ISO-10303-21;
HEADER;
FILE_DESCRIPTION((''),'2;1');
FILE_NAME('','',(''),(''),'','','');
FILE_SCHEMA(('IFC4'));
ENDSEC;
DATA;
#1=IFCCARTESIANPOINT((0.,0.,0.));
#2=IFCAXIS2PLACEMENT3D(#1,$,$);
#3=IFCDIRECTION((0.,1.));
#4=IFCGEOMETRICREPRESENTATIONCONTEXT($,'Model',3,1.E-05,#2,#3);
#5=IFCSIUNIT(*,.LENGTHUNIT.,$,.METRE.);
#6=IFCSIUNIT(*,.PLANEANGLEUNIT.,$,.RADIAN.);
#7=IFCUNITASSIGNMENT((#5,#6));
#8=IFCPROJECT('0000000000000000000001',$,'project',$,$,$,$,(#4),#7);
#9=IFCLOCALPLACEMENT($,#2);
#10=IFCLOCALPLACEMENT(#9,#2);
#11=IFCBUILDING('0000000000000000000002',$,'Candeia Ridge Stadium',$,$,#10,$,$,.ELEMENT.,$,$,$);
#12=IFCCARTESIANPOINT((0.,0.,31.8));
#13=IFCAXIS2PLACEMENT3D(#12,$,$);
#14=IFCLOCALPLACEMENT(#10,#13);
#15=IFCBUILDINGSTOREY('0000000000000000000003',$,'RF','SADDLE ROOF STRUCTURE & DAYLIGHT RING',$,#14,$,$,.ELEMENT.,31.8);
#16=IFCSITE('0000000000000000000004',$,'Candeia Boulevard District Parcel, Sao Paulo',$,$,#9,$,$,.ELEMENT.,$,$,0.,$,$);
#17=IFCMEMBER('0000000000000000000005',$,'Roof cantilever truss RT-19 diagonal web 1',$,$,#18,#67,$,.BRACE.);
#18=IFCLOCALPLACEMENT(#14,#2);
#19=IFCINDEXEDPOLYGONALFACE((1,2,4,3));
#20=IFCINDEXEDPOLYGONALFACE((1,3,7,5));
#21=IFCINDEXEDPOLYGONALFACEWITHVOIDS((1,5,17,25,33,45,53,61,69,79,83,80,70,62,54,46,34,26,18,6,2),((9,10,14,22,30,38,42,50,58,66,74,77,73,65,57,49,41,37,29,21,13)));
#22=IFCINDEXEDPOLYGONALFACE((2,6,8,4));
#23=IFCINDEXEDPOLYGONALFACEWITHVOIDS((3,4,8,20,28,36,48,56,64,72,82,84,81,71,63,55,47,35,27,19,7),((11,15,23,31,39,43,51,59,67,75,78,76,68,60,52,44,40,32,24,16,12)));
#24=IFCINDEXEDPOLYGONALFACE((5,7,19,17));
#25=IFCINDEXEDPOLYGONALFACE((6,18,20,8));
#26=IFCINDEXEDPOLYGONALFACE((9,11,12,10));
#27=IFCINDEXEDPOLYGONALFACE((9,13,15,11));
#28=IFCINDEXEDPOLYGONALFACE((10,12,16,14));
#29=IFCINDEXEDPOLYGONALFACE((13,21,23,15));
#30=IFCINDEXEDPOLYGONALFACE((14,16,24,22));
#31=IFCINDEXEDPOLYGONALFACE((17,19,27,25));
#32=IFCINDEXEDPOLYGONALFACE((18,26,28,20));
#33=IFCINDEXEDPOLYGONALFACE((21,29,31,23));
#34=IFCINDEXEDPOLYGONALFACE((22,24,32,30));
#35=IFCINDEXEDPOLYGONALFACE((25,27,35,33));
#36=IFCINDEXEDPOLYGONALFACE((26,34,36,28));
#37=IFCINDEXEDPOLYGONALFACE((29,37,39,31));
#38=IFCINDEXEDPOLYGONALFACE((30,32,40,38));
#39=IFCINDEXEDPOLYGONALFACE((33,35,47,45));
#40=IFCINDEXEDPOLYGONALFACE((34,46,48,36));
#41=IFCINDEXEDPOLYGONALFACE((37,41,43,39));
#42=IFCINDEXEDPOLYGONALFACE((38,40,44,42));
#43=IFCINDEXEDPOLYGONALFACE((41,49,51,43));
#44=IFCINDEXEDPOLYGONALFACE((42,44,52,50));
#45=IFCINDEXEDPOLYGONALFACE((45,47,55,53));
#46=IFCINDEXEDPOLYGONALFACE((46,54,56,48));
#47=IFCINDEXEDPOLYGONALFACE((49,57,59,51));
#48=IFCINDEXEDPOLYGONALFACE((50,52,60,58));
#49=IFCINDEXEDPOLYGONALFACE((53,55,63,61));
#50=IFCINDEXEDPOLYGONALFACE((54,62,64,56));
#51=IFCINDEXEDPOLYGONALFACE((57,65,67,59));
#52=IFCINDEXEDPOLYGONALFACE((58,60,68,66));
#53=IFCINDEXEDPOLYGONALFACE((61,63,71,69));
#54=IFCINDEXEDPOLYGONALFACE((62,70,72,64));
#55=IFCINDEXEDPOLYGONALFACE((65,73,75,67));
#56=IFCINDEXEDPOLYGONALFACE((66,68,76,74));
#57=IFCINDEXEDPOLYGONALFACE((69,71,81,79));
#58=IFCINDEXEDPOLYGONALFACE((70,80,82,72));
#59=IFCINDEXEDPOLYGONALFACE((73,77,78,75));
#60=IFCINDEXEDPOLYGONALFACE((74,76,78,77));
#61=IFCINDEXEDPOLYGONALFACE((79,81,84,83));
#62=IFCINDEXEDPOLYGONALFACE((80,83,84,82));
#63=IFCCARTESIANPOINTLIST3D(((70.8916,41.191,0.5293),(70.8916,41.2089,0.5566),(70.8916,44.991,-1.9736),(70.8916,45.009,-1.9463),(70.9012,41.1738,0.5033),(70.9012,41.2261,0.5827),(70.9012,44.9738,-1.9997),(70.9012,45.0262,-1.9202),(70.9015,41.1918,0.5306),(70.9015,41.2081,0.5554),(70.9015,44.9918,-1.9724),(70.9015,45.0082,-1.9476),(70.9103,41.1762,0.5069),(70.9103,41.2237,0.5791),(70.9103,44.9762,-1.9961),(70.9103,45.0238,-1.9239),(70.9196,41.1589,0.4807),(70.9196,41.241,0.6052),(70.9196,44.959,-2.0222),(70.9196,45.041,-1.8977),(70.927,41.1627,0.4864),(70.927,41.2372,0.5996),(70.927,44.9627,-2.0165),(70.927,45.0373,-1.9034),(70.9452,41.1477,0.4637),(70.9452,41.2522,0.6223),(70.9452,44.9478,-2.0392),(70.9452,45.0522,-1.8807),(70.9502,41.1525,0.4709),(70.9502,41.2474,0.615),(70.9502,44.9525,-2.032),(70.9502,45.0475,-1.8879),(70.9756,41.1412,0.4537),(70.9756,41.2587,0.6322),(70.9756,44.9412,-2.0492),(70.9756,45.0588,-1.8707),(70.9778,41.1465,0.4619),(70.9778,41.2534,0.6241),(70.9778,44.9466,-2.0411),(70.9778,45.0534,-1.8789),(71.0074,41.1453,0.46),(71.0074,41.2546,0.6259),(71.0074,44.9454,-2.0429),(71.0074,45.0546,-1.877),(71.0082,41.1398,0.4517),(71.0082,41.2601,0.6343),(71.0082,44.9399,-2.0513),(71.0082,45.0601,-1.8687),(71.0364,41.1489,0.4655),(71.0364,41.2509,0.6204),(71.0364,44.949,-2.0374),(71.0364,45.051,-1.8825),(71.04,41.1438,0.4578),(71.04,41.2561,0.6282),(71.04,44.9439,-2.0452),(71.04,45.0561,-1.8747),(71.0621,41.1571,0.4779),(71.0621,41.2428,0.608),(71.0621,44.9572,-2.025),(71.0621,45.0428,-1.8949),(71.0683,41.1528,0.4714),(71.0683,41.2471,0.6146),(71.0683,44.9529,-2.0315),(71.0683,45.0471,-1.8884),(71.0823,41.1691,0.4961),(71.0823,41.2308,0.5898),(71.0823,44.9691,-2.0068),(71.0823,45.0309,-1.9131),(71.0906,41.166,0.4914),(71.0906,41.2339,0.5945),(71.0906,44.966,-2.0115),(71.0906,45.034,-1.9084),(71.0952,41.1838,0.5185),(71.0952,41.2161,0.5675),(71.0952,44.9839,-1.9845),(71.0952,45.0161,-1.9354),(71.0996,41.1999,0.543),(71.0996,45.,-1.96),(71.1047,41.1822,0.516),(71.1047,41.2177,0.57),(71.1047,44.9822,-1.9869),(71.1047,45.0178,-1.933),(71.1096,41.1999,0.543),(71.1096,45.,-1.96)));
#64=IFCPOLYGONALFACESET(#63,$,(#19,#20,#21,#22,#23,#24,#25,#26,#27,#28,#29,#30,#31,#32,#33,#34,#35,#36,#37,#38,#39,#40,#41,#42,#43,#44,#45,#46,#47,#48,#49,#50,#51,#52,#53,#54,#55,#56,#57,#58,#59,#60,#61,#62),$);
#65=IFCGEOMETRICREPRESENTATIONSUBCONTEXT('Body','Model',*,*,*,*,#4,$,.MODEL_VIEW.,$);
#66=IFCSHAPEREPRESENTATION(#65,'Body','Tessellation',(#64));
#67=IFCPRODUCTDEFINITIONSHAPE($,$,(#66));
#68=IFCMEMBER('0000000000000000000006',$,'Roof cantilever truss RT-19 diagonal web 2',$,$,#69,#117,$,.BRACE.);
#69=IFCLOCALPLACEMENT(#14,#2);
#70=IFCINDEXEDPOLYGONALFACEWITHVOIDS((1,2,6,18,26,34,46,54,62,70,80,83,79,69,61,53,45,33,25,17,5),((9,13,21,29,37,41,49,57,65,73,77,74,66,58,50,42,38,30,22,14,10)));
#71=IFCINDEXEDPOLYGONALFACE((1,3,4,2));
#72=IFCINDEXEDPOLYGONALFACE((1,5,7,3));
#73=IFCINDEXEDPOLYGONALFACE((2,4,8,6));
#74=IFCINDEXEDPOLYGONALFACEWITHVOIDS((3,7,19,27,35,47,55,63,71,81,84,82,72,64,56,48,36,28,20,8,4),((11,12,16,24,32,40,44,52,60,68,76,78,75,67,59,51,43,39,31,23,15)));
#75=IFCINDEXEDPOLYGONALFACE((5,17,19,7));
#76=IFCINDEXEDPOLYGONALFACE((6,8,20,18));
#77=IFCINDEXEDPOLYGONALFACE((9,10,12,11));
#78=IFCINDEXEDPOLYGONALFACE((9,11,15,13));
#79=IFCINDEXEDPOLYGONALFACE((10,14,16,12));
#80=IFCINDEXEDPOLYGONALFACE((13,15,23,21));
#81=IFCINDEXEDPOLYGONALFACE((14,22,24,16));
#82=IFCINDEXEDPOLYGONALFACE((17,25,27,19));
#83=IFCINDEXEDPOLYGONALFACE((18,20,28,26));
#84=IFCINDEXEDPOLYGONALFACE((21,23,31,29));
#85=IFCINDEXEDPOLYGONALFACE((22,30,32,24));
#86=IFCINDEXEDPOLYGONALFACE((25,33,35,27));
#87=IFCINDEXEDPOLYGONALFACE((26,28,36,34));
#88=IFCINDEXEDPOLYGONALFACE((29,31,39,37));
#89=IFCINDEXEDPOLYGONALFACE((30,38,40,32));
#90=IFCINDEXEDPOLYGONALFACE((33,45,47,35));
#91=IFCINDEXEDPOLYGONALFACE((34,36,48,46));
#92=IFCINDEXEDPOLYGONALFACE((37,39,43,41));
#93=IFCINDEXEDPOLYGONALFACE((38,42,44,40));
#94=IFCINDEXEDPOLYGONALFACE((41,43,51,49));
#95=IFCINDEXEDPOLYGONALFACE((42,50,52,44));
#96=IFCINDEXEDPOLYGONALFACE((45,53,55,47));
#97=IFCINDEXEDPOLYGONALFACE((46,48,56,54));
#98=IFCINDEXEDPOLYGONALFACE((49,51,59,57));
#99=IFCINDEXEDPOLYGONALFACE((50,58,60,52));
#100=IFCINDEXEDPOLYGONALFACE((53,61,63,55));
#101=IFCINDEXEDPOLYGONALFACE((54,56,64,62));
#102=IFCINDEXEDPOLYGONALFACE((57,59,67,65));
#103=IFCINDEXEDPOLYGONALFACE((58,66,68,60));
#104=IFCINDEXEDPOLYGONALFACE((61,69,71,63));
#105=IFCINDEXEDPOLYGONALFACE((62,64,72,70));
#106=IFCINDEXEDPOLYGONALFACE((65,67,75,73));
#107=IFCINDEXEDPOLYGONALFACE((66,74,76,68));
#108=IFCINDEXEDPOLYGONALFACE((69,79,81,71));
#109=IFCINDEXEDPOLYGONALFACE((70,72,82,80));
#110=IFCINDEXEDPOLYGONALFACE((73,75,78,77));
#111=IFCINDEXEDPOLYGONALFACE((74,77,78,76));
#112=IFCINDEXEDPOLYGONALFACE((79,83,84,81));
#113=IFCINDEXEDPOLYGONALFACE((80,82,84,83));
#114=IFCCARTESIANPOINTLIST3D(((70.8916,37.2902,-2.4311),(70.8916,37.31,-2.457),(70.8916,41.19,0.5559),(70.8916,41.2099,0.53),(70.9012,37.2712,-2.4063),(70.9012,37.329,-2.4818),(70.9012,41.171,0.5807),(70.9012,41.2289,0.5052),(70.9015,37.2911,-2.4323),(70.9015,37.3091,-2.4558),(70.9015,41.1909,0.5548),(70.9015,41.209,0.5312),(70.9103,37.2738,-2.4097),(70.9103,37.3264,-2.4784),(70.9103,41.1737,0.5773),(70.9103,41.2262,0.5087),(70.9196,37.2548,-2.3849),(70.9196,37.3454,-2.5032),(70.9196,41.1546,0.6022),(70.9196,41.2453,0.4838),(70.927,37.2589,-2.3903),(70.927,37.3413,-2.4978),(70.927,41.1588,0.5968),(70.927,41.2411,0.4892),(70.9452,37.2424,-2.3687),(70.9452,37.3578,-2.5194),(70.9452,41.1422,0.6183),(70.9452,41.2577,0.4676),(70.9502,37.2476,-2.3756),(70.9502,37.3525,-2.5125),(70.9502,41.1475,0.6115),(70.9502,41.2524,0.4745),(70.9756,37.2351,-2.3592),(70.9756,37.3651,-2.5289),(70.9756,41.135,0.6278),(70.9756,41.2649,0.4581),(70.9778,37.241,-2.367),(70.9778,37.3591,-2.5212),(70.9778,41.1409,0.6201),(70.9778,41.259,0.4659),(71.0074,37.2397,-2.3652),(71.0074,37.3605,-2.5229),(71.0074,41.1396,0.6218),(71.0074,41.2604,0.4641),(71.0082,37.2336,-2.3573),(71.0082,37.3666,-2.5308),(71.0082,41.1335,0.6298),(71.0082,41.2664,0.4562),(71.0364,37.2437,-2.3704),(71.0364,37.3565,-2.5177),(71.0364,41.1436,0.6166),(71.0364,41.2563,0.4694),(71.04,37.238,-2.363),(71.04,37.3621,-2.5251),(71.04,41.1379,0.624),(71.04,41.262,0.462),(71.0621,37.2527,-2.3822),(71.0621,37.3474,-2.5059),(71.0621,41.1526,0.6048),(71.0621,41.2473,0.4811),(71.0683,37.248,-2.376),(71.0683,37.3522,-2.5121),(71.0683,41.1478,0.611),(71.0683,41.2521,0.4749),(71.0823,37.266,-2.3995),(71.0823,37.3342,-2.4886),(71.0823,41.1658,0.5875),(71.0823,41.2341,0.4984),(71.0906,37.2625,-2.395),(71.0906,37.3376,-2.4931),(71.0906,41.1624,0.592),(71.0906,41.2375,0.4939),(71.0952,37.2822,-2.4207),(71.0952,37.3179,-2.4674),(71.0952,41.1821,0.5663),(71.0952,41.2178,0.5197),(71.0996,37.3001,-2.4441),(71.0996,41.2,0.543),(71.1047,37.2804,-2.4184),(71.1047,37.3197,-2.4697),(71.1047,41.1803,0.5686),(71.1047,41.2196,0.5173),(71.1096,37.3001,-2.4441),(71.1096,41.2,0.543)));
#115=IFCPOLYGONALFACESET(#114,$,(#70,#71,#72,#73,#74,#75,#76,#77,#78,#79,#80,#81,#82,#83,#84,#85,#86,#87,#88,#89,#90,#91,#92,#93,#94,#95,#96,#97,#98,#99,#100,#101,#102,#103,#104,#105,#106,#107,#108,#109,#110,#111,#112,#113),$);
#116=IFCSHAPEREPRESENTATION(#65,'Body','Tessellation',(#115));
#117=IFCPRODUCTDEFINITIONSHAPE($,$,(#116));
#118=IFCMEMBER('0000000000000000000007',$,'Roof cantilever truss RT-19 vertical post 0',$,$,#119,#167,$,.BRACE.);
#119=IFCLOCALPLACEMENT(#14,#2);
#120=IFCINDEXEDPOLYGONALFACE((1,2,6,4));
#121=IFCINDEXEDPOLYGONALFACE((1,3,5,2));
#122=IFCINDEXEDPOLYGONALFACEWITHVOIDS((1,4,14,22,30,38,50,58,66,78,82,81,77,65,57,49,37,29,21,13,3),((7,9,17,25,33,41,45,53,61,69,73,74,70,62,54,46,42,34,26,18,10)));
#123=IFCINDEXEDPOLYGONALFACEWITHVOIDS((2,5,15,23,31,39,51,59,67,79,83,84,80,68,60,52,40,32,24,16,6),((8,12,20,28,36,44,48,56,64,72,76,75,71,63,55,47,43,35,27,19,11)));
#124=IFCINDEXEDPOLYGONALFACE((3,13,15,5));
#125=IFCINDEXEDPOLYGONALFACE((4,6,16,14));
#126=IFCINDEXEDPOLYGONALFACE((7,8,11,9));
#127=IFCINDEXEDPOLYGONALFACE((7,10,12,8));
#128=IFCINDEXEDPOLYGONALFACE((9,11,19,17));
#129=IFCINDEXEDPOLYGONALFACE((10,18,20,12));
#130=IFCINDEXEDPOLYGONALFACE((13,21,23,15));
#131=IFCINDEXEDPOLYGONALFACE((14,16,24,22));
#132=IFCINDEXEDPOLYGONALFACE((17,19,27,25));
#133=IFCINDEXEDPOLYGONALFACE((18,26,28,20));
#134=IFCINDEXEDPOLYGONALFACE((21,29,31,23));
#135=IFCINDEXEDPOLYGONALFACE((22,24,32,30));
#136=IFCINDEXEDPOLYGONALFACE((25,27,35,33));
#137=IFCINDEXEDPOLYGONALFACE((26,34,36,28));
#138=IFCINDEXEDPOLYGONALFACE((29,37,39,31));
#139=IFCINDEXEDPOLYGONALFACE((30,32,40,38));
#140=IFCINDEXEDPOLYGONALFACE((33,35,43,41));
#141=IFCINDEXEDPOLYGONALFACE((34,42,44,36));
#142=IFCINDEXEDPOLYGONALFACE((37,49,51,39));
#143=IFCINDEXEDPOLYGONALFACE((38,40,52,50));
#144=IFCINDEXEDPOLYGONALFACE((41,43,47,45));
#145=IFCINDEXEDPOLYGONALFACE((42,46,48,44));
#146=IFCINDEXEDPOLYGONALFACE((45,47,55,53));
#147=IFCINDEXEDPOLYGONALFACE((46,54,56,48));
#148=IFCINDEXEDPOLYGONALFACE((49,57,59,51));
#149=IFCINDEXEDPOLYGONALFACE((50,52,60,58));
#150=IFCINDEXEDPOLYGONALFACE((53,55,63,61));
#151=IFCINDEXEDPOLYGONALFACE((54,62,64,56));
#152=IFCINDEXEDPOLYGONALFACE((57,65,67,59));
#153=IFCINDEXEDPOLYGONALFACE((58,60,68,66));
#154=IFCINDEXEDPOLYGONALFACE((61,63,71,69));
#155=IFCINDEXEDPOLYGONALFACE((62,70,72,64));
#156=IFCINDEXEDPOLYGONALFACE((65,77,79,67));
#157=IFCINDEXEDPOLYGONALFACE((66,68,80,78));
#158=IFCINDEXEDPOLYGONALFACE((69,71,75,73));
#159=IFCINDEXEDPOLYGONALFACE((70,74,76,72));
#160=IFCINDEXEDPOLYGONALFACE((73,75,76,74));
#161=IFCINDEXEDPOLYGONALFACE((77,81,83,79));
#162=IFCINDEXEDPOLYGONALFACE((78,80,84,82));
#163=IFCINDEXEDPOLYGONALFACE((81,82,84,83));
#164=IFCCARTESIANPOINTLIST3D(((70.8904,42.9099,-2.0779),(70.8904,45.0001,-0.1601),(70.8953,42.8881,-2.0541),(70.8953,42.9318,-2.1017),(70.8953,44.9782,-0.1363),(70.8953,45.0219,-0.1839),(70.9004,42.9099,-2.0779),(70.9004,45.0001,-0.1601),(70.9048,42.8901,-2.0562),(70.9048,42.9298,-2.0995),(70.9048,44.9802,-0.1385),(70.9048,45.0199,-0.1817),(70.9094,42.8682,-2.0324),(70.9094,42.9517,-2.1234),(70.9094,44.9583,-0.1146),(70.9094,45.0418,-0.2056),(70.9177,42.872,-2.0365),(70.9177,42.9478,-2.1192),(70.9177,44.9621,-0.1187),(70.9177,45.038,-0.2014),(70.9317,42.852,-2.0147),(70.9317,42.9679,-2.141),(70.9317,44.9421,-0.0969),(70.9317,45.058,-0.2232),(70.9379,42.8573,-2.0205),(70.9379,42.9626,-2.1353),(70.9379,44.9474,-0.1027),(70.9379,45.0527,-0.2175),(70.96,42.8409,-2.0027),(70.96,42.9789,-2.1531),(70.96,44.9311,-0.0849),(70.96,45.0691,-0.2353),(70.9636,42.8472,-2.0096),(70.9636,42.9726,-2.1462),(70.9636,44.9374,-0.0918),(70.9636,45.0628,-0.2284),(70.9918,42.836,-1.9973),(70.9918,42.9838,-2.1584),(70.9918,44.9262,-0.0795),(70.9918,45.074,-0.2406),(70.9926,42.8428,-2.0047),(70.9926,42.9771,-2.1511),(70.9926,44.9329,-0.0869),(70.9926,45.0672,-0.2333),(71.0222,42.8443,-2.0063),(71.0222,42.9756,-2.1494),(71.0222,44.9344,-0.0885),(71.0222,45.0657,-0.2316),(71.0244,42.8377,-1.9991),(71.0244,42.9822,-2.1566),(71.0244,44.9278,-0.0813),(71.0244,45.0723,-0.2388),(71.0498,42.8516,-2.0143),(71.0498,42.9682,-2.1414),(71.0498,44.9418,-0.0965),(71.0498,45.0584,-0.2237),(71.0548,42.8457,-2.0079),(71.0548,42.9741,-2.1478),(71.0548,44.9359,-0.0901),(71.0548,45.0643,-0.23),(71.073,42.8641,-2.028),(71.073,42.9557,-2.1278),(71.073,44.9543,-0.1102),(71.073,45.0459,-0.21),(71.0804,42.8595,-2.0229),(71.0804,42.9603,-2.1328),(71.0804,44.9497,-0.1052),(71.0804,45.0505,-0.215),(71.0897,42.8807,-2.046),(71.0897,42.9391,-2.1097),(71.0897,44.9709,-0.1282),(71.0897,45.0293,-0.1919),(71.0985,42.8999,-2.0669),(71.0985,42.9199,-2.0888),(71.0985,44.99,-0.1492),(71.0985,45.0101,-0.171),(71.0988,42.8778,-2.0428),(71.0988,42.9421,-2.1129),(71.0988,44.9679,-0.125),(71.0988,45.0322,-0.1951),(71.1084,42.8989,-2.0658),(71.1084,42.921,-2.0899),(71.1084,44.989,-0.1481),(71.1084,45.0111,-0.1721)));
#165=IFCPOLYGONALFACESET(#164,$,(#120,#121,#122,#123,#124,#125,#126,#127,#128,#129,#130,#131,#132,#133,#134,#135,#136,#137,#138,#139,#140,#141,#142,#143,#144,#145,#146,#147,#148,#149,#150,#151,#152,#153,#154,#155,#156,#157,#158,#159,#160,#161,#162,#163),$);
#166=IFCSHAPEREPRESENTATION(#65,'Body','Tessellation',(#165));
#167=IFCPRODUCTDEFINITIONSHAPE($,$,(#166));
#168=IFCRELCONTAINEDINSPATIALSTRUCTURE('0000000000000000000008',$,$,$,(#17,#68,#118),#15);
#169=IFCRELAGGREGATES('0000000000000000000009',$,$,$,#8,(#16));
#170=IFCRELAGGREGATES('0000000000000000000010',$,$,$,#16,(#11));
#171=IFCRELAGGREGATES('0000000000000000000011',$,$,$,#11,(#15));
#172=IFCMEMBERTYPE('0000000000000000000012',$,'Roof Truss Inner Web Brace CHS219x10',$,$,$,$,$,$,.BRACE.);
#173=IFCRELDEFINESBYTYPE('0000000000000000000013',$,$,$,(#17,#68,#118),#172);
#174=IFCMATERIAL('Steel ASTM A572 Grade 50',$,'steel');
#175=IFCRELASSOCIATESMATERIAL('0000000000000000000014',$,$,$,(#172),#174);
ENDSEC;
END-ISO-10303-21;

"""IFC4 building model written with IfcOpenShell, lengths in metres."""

from ifc_helpers import new_model, si_unit, direction, frame, origin, origin_2d, place, context, subcontext, project, spatial, hollow_circle, extrude, material, material_profile, profile_set, type_object, element, save


model = new_model("IFC4")

# Units and contexts
model_context = context("Model", 3, precision=1e-05, world=origin(), true_north=direction((0.0, 1.0)))
body_context = subcontext(model_context, "Body", "Model", "MODEL_VIEW")
ifc_project = project(units=[si_unit("LENGTHUNIT", "METRE"), si_unit("PLANEANGLEUNIT", "RADIAN")], contexts=[model_context])

# Site, building, storey
site_placement = place(None, origin())
site = spatial("IfcSite", under=ifc_project, at=site_placement, Name="Candeia Boulevard District Parcel, Sao Paulo", CompositionType="ELEMENT", RefElevation=0.0)
building_placement = place(site_placement, origin())
building = spatial("IfcBuilding", under=site, at=building_placement, Name="Candeia Ridge Stadium", CompositionType="ELEMENT")
storey_placement = place(building_placement, frame((0.0, 0.0, 31.8)))
storey = spatial("IfcBuildingStorey", under=building, at=storey_placement, Name="RF", Description="SADDLE ROOF STRUCTURE & DAYLIGHT RING", CompositionType="ELEMENT", Elevation=31.8)

# Shared definitions
ifc_material_1 = material(Name="Steel ASTM A572 Grade 50", Category="steel")

# Members
ifc_material_profile_1 = material_profile(ifc_material_1, hollow_circle(Radius=0.1096, WallThickness=0.01, at=origin_2d()), Name="CHS219x10", Category="steel")
ifc_profile_set_1 = profile_set([ifc_material_profile_1], Name="Steel ASTM A572 Grade 50")
member_type_1 = type_object("IfcMemberType", Name="Roof Truss Inner Web Brace CHS219x10", PredefinedType="BRACE", material=ifc_profile_set_1)
member_1_placement = place(storey_placement, frame((71.0, 45.0, -1.96), z_axis=(0.0, -0.835125, 0.550061), x_axis=(1.0, 0.0, 0.0)))
element("IfcMember", 1, at=member_1_placement, inside=storey, type_object=member_type_1, Name="Roof cantilever truss RT-19 diagonal web 1", PredefinedType="BRACE", context=body_context, shape_type="SweptSolid", body=[
    extrude(hollow_circle(Radius=0.1096, WallThickness=0.01, at=origin_2d()), origin(), (0.0, 0.0, 1.0), 4.5503),
])
member_2_placement = place(storey_placement, frame((71.0, 41.2, 0.543), z_axis=(0.0, -0.793888, -0.608064), x_axis=(1.0, 0.0, 0.0)))
element("IfcMember", 2, at=member_2_placement, inside=storey, type_object=member_type_1, Name="Roof cantilever truss RT-19 diagonal web 2", PredefinedType="BRACE", context=body_context, shape_type="SweptSolid", body=[
    extrude(hollow_circle(Radius=0.1096, WallThickness=0.01, at=origin_2d()), origin(), (0.0, 0.0, 1.0), 4.9124),
])
member_3_placement = place(storey_placement, frame((71.0, 42.9099, -2.0779), z_axis=(0.0, 0.736836, 0.676071), x_axis=(-1.0, 0.0, 0.0)))
element("IfcMember", 3, at=member_3_placement, inside=storey, type_object=member_type_1, Name="Roof cantilever truss RT-19 vertical post 0", PredefinedType="BRACE", context=body_context, shape_type="SweptSolid", body=[
    extrude(hollow_circle(Radius=0.1096, WallThickness=0.01, at=origin_2d()), origin(), (0.0, 0.0, 1.0), 2.8367),
])

save(model, "model.ifc")
